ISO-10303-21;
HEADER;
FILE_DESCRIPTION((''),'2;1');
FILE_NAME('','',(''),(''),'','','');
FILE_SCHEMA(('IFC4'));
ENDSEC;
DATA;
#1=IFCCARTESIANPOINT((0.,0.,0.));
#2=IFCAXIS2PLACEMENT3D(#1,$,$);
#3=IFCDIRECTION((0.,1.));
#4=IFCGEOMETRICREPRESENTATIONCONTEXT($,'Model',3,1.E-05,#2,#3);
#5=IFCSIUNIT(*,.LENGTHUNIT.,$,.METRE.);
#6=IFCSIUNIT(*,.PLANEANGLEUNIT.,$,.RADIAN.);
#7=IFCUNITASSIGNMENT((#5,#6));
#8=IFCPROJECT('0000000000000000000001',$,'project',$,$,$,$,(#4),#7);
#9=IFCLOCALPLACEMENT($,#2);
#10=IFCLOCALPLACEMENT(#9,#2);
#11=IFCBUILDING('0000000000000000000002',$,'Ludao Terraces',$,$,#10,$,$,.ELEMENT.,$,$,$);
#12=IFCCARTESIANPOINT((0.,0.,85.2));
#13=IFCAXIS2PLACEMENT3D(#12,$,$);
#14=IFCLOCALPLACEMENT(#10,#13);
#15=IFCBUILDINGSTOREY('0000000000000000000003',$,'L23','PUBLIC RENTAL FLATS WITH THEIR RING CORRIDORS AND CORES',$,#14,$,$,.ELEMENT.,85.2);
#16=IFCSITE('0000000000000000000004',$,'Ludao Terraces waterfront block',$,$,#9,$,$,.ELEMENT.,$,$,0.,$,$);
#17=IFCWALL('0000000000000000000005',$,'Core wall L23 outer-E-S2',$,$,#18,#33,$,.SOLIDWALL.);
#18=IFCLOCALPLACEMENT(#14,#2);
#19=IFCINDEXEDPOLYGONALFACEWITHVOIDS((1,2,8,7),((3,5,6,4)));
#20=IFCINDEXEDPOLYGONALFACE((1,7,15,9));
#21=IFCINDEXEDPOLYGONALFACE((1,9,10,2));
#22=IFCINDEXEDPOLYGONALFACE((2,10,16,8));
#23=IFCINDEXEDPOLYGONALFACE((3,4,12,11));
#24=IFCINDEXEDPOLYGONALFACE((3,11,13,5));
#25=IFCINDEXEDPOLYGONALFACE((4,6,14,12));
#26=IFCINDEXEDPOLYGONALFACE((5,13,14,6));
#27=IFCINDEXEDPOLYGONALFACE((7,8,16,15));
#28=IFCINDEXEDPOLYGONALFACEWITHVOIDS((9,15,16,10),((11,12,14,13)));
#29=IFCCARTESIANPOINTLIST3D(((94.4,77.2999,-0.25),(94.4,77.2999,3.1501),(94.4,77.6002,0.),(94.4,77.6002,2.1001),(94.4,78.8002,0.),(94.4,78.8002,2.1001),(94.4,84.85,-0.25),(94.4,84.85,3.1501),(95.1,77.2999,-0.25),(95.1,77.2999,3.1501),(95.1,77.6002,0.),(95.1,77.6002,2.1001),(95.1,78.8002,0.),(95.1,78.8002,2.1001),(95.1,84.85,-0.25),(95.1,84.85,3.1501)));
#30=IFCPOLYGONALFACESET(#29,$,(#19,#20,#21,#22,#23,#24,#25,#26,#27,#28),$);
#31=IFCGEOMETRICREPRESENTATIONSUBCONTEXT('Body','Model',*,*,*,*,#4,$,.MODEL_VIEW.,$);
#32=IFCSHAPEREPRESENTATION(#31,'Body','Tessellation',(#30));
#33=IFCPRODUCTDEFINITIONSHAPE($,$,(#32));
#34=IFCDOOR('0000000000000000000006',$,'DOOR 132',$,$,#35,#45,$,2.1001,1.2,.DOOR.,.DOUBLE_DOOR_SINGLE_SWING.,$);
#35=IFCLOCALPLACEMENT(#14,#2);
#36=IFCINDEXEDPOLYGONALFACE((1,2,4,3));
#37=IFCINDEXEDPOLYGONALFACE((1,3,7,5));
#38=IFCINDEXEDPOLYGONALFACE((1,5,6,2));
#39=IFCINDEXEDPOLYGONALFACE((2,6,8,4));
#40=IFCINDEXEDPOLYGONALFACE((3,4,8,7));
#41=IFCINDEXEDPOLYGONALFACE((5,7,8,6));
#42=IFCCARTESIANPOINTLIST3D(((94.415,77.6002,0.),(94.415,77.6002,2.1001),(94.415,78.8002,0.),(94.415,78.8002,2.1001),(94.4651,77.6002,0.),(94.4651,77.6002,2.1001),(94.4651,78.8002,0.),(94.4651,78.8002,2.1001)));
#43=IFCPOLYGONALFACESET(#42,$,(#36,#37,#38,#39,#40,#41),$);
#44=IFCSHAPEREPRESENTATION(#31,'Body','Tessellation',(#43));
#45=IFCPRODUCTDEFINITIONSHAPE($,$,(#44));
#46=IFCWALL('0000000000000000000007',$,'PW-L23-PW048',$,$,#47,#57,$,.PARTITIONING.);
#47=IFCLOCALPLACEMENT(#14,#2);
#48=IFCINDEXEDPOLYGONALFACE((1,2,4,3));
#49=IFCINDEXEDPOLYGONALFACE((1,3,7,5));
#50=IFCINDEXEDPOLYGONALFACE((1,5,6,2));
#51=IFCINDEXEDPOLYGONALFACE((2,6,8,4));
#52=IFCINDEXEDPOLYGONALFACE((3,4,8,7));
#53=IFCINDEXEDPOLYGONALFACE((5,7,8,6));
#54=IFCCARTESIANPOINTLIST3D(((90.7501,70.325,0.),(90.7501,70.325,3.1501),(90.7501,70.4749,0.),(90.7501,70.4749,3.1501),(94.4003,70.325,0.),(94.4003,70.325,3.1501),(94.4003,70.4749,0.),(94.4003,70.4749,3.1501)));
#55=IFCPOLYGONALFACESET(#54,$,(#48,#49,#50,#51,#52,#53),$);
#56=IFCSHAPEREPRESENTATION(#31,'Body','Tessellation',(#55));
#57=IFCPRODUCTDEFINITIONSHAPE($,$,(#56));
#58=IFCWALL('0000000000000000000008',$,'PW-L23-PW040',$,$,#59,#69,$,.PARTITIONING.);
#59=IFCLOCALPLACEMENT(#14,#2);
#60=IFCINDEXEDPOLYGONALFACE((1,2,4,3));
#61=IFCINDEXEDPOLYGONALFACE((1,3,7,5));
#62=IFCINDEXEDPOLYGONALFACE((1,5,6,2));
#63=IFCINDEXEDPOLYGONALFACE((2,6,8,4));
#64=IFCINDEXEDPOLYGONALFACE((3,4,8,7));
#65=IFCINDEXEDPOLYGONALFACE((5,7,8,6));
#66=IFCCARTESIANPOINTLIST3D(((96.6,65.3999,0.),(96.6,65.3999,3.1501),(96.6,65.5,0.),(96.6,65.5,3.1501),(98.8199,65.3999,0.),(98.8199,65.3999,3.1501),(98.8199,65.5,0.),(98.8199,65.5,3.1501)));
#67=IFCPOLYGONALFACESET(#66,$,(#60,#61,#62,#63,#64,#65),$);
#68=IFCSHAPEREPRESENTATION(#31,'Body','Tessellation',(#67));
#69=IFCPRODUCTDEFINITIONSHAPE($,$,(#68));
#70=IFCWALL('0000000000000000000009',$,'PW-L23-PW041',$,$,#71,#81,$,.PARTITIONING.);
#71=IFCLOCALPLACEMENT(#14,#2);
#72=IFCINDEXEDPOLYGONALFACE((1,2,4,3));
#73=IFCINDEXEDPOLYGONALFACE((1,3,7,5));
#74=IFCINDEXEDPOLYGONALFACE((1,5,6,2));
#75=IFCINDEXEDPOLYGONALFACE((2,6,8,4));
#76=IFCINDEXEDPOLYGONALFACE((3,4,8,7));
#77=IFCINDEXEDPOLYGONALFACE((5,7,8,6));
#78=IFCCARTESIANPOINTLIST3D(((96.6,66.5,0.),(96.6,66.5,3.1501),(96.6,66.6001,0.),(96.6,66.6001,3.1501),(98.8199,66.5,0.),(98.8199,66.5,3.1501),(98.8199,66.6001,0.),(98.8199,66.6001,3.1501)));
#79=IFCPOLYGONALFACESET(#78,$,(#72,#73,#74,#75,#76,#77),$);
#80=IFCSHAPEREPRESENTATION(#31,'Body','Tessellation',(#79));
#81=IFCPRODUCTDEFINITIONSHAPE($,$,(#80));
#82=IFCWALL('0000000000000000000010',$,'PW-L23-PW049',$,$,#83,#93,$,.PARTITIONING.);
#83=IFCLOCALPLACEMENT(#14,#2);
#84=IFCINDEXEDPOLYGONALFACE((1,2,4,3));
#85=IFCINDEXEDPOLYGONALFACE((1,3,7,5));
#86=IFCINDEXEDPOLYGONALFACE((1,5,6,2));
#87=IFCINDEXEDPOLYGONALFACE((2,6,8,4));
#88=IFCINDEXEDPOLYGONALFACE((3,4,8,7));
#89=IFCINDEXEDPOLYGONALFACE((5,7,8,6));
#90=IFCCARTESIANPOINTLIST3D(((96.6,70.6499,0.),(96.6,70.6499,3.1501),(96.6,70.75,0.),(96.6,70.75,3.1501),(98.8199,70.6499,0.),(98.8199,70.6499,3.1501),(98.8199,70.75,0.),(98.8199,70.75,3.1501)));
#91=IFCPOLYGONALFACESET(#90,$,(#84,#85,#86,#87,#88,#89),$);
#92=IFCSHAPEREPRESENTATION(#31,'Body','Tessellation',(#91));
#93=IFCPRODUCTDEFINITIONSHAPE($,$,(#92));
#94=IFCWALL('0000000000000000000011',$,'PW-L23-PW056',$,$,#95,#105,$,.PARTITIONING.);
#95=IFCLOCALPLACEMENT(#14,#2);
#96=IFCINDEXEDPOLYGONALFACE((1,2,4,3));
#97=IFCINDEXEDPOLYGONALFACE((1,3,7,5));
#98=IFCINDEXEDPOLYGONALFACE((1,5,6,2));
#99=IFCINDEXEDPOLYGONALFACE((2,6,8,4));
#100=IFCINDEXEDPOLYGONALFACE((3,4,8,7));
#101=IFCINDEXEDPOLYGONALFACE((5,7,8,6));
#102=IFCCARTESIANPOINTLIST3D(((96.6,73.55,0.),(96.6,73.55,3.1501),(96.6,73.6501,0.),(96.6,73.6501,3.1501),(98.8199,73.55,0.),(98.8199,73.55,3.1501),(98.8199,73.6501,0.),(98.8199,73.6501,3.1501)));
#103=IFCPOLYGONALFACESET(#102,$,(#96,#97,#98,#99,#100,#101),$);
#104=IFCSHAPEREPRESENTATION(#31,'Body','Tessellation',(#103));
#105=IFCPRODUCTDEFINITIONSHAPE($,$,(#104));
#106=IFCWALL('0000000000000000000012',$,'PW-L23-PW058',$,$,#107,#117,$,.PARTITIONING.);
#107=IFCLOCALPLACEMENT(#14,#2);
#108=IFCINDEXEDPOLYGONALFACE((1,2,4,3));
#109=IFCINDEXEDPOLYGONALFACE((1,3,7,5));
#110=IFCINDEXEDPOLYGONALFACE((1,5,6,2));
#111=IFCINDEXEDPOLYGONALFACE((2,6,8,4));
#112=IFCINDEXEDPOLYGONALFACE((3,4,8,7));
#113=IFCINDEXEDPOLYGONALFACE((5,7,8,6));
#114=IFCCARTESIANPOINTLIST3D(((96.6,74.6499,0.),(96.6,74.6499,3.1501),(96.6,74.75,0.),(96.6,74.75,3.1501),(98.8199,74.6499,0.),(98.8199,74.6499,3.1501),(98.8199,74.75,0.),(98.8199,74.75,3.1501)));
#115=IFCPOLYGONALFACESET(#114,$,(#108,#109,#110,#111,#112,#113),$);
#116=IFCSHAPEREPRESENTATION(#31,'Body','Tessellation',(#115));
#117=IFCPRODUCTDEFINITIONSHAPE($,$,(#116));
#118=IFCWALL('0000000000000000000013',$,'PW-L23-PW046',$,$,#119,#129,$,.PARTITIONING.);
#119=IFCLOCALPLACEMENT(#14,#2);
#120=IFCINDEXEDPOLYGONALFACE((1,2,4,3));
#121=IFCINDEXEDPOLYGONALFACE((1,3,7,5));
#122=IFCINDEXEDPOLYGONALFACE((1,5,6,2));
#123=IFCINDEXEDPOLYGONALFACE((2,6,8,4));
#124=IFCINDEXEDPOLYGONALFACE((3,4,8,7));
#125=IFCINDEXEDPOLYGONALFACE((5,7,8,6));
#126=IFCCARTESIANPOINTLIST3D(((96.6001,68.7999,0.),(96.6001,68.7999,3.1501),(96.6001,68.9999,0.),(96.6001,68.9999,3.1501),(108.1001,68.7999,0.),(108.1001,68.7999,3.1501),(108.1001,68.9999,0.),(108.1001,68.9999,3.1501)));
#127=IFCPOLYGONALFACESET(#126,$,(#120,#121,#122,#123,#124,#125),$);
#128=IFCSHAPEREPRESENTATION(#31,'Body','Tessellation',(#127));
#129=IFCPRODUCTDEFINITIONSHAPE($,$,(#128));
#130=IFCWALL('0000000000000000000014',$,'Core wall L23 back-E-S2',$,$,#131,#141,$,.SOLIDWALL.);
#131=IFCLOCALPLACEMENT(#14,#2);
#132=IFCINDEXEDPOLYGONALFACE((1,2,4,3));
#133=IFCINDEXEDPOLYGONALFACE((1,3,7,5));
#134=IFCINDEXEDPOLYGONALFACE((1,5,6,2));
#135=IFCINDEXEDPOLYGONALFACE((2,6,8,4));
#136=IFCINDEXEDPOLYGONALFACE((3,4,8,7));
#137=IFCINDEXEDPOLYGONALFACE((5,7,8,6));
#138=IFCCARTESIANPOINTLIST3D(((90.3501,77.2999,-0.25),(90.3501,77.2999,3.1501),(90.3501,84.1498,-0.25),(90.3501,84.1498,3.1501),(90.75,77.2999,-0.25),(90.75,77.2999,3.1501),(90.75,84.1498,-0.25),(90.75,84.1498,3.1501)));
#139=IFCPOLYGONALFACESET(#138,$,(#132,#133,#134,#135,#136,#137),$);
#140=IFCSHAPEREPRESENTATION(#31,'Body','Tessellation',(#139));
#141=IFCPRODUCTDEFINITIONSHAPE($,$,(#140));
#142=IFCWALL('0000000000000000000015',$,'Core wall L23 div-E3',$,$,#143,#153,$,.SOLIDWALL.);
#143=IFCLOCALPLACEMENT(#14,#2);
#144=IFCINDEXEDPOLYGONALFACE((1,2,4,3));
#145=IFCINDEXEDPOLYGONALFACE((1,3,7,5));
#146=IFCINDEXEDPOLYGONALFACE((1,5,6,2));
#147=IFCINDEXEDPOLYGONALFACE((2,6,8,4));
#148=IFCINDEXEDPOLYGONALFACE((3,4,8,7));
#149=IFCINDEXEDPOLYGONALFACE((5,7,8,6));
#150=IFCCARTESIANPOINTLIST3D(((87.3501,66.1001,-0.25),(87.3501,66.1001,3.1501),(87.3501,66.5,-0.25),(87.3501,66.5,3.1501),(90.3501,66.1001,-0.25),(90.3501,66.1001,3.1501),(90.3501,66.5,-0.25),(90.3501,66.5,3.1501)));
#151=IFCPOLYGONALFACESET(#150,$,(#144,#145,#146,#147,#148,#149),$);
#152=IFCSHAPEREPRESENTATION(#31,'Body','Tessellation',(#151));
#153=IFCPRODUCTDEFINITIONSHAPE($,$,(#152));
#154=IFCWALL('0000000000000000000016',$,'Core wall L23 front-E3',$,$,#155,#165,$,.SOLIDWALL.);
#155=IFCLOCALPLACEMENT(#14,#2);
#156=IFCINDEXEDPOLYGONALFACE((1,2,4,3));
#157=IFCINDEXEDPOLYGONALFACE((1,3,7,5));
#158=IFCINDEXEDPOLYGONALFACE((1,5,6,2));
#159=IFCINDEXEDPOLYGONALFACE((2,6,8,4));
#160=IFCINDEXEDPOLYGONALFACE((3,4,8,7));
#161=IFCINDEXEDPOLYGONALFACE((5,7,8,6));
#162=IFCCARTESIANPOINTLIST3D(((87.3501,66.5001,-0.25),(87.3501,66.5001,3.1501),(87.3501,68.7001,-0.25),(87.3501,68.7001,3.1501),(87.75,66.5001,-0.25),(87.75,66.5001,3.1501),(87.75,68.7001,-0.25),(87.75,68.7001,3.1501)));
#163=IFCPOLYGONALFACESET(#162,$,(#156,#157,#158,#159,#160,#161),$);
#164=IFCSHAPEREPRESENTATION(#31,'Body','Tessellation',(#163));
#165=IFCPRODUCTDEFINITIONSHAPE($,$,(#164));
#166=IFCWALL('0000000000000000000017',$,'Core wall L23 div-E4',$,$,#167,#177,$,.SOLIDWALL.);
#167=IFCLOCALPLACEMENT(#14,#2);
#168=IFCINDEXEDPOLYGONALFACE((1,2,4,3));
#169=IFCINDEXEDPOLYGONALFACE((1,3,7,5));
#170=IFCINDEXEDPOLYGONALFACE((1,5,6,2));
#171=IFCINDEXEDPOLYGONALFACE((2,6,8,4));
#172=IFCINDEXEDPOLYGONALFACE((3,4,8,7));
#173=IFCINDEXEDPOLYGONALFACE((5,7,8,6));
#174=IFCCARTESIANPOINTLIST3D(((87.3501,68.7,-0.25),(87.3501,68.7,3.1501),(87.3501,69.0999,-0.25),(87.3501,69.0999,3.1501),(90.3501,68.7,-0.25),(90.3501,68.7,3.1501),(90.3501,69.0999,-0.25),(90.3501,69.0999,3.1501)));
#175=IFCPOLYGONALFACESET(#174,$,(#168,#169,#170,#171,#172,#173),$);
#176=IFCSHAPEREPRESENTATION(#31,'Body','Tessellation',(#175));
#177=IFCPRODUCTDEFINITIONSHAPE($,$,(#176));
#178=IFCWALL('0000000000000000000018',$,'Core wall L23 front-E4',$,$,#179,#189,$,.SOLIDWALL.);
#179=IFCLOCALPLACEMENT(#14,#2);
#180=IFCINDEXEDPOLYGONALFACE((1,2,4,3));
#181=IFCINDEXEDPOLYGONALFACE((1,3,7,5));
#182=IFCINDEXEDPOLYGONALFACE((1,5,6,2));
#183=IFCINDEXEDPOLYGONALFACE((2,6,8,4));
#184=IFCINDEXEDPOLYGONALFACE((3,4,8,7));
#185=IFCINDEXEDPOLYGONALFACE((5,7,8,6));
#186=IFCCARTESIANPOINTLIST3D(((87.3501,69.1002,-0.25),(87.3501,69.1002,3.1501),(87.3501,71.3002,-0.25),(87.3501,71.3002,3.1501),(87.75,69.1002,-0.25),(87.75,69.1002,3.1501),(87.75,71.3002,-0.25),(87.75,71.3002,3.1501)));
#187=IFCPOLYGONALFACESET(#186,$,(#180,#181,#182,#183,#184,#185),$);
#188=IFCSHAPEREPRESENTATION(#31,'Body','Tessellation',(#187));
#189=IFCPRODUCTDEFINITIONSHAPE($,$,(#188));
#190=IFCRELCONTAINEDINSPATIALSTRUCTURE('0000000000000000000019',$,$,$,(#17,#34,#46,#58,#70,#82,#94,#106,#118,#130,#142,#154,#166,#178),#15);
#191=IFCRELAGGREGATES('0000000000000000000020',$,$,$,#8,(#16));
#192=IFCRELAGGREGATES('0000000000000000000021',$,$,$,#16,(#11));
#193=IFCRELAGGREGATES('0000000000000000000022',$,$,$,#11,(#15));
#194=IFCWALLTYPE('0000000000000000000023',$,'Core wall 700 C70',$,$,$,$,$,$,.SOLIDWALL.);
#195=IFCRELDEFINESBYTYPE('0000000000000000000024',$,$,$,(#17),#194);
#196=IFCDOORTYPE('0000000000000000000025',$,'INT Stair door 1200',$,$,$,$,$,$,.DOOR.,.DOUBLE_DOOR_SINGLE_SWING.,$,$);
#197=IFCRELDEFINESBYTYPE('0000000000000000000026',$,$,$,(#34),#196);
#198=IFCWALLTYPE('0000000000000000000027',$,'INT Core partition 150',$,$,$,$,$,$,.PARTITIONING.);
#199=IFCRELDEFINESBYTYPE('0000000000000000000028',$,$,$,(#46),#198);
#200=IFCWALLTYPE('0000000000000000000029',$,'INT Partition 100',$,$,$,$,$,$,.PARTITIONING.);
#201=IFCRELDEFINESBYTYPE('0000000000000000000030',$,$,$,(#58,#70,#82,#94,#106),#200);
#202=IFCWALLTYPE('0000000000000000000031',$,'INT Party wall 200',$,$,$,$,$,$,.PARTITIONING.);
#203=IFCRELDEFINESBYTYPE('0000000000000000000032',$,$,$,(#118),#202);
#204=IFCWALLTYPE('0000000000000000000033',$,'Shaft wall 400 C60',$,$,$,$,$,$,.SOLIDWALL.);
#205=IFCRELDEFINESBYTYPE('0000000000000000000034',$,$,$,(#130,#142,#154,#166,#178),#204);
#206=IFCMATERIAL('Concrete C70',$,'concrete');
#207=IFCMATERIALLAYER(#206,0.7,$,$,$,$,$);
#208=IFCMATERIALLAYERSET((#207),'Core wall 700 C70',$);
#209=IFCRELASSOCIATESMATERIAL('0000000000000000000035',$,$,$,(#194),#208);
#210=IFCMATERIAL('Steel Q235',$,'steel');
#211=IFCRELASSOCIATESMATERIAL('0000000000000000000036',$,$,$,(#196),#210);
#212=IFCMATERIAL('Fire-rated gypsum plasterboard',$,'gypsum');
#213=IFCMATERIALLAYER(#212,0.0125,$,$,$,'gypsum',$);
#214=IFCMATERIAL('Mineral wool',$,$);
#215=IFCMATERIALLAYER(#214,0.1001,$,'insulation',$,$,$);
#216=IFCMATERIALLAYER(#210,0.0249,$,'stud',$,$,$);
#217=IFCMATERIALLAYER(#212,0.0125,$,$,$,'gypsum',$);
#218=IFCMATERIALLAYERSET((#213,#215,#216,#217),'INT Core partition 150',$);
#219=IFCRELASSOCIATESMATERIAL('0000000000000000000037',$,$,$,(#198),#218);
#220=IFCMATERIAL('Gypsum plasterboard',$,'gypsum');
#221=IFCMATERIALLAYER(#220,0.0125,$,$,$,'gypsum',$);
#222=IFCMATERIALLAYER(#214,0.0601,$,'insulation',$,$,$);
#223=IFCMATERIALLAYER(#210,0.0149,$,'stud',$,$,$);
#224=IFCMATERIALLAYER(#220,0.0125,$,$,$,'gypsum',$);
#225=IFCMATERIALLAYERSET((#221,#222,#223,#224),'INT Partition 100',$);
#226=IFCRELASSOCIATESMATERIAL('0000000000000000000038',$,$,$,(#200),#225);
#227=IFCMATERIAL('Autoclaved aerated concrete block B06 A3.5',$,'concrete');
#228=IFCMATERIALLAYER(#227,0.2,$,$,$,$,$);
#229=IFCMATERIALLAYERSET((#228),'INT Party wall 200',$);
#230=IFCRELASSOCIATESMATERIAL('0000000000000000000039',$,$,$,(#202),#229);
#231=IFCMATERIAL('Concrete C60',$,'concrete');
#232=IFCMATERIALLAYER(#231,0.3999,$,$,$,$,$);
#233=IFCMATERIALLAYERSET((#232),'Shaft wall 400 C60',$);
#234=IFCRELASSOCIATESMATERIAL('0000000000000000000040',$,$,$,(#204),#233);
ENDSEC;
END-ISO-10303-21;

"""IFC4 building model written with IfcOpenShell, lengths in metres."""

from ifc_helpers import new_model, si_unit, direction, frame, frame_2d, origin, place, context, subcontext, project, spatial, rectangle, extrude, material, layer, layer_set, type_object, element, fill, save


model = new_model("IFC4")

# Units and contexts
model_context = context("Model", 3, precision=1e-05, world=origin(), true_north=direction((0.0, 1.0)))
body_context = subcontext(model_context, "Body", "Model", "MODEL_VIEW")
ifc_project = project(units=[si_unit("LENGTHUNIT", "METRE"), si_unit("PLANEANGLEUNIT", "RADIAN")], contexts=[model_context])

# Site, building, storey
site_placement = place(None, origin())
site = spatial("IfcSite", under=ifc_project, at=site_placement, Name="Ludao Terraces waterfront block", CompositionType="ELEMENT", RefElevation=0.0)
building_placement = place(site_placement, origin())
building = spatial("IfcBuilding", under=site, at=building_placement, Name="Ludao Terraces", CompositionType="ELEMENT")
storey_placement = place(building_placement, frame((0.0, 0.0, 85.2)))
storey = spatial("IfcBuildingStorey", under=building, at=storey_placement, Name="L23", Description="PUBLIC RENTAL FLATS WITH THEIR RING CORRIDORS AND CORES", CompositionType="ELEMENT", Elevation=85.2)

# Wall, opening, door
ifc_material_1 = material(Name="Concrete C70", Category="concrete")
ifc_layer_1 = layer(ifc_material_1, 0.7)
ifc_layer_set_1 = layer_set([ifc_layer_1], Name="Core wall 700 C70")
wall_type_1 = type_object("IfcWallType", Name="Core wall 700 C70", PredefinedType="SOLIDWALL", material=ifc_layer_set_1)
wall_1_placement = place(storey_placement, frame((94.75, 77.3, -0.25), z_axis=(0.0, 0.0, 1.0), x_axis=(0.0, 1.0, 0.0)))
wall_1 = element("IfcWall", 1, at=wall_1_placement, inside=storey, type_object=wall_type_1, Name="Core wall L23 outer-E-S2", PredefinedType="SOLIDWALL", context=body_context, shape_type="SweptSolid", body=[
    extrude(rectangle(XDim=7.55, YDim=0.7, at=frame_2d((3.7749, 0.0))), origin(), (0.0, 0.0, 1.0), 3.4001),
])
opening_1_placement = place(wall_1_placement, frame((0.3, 0.0, 0.25)))
opening_1 = element("IfcOpeningElement", 2, at=opening_1_placement, cuts=wall_1, PredefinedType="OPENING", context=body_context, shape_type="SweptSolid", body=[
    extrude(rectangle(XDim=1.2, YDim=2.1001, at=frame_2d((0.6001, 1.05))), frame((0.0, 0.3599, 0.0), z_axis=(0.0, -1.0, 0.0), x_axis=(1.0, 0.0, 0.0)), (0.0, 0.0, 1.0), 0.72),
])
ifc_material_2 = material(Name="Steel Q235", Category="steel")
door_type_1 = type_object("IfcDoorType", Name="INT Stair door 1200", OperationType="DOUBLE_DOOR_SINGLE_SWING", PredefinedType="DOOR", material=ifc_material_2)
door_1_placement = place(opening_1_placement, origin())
door_1 = element("IfcDoor", 3, at=door_1_placement, inside=storey, type_object=door_type_1, Name="DOOR 132", OperationType="DOUBLE_DOOR_SINGLE_SWING", OverallHeight=2.1001, OverallWidth=1.2, PredefinedType="DOOR", context=body_context, shape_type="SweptSolid", body=[
    extrude(rectangle(XDim=1.2, YDim=2.1001, at=frame_2d((0.6001, 1.05))), frame((0.0, 0.335, 0.0), z_axis=(0.0, -1.0, 0.0), x_axis=(1.0, 0.0, 0.0)), (0.0, 0.0, 1.0), 0.05),
])
fill(opening_1, door_1)

# Walls
ifc_material_3 = material(Name="Fire-rated gypsum plasterboard", Category="gypsum")
ifc_layer_2 = layer(ifc_material_3, 0.0125, Category="gypsum")
ifc_material_4 = material(Name="Mineral wool")
ifc_layer_3 = layer(ifc_material_4, 0.1001, Name="insulation")
ifc_layer_4 = layer(ifc_material_2, 0.0249, Name="stud")
ifc_layer_5 = layer(ifc_material_3, 0.0125, Category="gypsum")
ifc_layer_set_2 = layer_set([ifc_layer_2, ifc_layer_3, ifc_layer_4, ifc_layer_5], Name="INT Core partition 150")
wall_type_2 = type_object("IfcWallType", Name="INT Core partition 150", PredefinedType="PARTITIONING", material=ifc_layer_set_2)
wall_2_placement = place(storey_placement, frame((90.75, 70.3999, 0.0), z_axis=(0.0, 0.0, 1.0), x_axis=(1.0, 0.0, 0.0)))
element("IfcWall", 4, at=wall_2_placement, inside=storey, type_object=wall_type_2, Name="PW-L23-PW048", PredefinedType="PARTITIONING", context=body_context, shape_type="SweptSolid", body=[
    extrude(rectangle(XDim=3.6501, YDim=0.1499, at=frame_2d((1.8252, 0.0))), origin(), (0.0, 0.0, 1.0), 3.1501),
])
ifc_material_5 = material(Name="Gypsum plasterboard", Category="gypsum")
ifc_layer_6 = layer(ifc_material_5, 0.0125, Category="gypsum")
ifc_layer_7 = layer(ifc_material_4, 0.0601, Name="insulation")
ifc_layer_8 = layer(ifc_material_2, 0.0149, Name="stud")
ifc_layer_9 = layer(ifc_material_5, 0.0125, Category="gypsum")
ifc_layer_set_3 = layer_set([ifc_layer_6, ifc_layer_7, ifc_layer_8, ifc_layer_9], Name="INT Partition 100")
wall_type_3 = type_object("IfcWallType", Name="INT Partition 100", PredefinedType="PARTITIONING", material=ifc_layer_set_3)
for number, where, z_axis, x_axis, name in (
    (5, (96.6001, 65.45, 0.0), (0.0, 0.0, 1.0), (1.0, 0.0, 0.0), "PW-L23-PW040"),
    (6, (96.6001, 66.55, 0.0), (0.0, 0.0, 1.0), (1.0, 0.0, 0.0), "PW-L23-PW041"),
    (7, (96.6001, 70.7, 0.0), (0.0, 0.0, 1.0), (1.0, 0.0, 0.0), "PW-L23-PW049"),
    (8, (96.6001, 73.6001, 0.0), (0.0, 0.0, 1.0), (1.0, 0.0, 0.0), "PW-L23-PW056"),
    (9, (96.6001, 74.7, 0.0), (0.0, 0.0, 1.0), (1.0, 0.0, 0.0), "PW-L23-PW058"),
):
    element("IfcWall", number, at=place(storey_placement, frame(where, z_axis=z_axis, x_axis=x_axis)), inside=storey, type_object=wall_type_3, Name=name, PredefinedType="PARTITIONING", context=body_context, shape_type="SweptSolid", body=[
        extrude(rectangle(XDim=2.22, YDim=0.1001, at=frame_2d((1.1099, 0.0))), origin(), (0.0, 0.0, 1.0), 3.1501),
    ])
ifc_material_6 = material(Name="Autoclaved aerated concrete block B06 A3.5", Category="concrete")
ifc_layer_10 = layer(ifc_material_6, 0.2)
ifc_layer_set_4 = layer_set([ifc_layer_10], Name="INT Party wall 200")
wall_type_4 = type_object("IfcWallType", Name="INT Party wall 200", PredefinedType="PARTITIONING", material=ifc_layer_set_4)
wall_3_placement = place(storey_placement, frame((96.6001, 68.8999, 0.0), z_axis=(0.0, 0.0, 1.0), x_axis=(1.0, 0.0, 0.0)))
element("IfcWall", 10, at=wall_3_placement, inside=storey, type_object=wall_type_4, Name="PW-L23-PW046", PredefinedType="PARTITIONING", context=body_context, shape_type="SweptSolid", body=[
    extrude(rectangle(XDim=11.5, YDim=0.2, at=frame_2d((5.75, 0.0))), origin(), (0.0, 0.0, 1.0), 3.1501),
])
ifc_material_7 = material(Name="Concrete C60", Category="concrete")
ifc_layer_11 = layer(ifc_material_7, 0.3999)
ifc_layer_set_5 = layer_set([ifc_layer_11], Name="Shaft wall 400 C60")
wall_type_5 = type_object("IfcWallType", Name="Shaft wall 400 C60", PredefinedType="SOLIDWALL", material=ifc_layer_set_5)
wall_4_placement = place(storey_placement, frame((90.55, 77.3, -0.25), z_axis=(0.0, 0.0, 1.0), x_axis=(0.0, 1.0, 0.0)))
element("IfcWall", 11, at=wall_4_placement, inside=storey, type_object=wall_type_5, Name="Core wall L23 back-E-S2", PredefinedType="SOLIDWALL", context=body_context, shape_type="SweptSolid", body=[
    extrude(rectangle(XDim=6.8499, YDim=0.3999, at=frame_2d((3.4248, 0.0))), origin(), (0.0, 0.0, 1.0), 3.4001),
])
wall_5_placement = place(storey_placement, frame((87.3501, 66.3, -0.25), z_axis=(0.0, 0.0, 1.0), x_axis=(1.0, 0.0, 0.0)))
element("IfcWall", 12, at=wall_5_placement, inside=storey, type_object=wall_type_5, Name="Core wall L23 div-E3", PredefinedType="SOLIDWALL", context=body_context, shape_type="SweptSolid", body=[
    extrude(rectangle(XDim=3.0, YDim=0.3999, at=frame_2d((1.5, 0.0))), origin(), (0.0, 0.0, 1.0), 3.4001),
])
wall_6_placement = place(storey_placement, frame((87.55, 66.5, -0.25), z_axis=(0.0, 0.0, 1.0), x_axis=(0.0, 1.0, 0.0)))
element("IfcWall", 13, at=wall_6_placement, inside=storey, type_object=wall_type_5, Name="Core wall L23 front-E3", PredefinedType="SOLIDWALL", context=body_context, shape_type="SweptSolid", body=[
    extrude(rectangle(XDim=2.2, YDim=0.3999, at=frame_2d((1.1001, 0.0))), origin(), (0.0, 0.0, 1.0), 3.4001),
])
wall_7_placement = place(storey_placement, frame((87.3501, 68.8999, -0.25), z_axis=(0.0, 0.0, 1.0), x_axis=(1.0, 0.0, 0.0)))
element("IfcWall", 14, at=wall_7_placement, inside=storey, type_object=wall_type_5, Name="Core wall L23 div-E4", PredefinedType="SOLIDWALL", context=body_context, shape_type="SweptSolid", body=[
    extrude(rectangle(XDim=3.0, YDim=0.3999, at=frame_2d((1.5, 0.0))), origin(), (0.0, 0.0, 1.0), 3.4001),
])
wall_8_placement = place(storey_placement, frame((87.55, 69.1001, -0.25), z_axis=(0.0, 0.0, 1.0), x_axis=(0.0, 1.0, 0.0)))
element("IfcWall", 15, at=wall_8_placement, inside=storey, type_object=wall_type_5, Name="Core wall L23 front-E4", PredefinedType="SOLIDWALL", context=body_context, shape_type="SweptSolid", body=[
    extrude(rectangle(XDim=2.2, YDim=0.3999, at=frame_2d((1.1001, 0.0))), origin(), (0.0, 0.0, 1.0), 3.4001),
])

save(model, "model.ifc")
